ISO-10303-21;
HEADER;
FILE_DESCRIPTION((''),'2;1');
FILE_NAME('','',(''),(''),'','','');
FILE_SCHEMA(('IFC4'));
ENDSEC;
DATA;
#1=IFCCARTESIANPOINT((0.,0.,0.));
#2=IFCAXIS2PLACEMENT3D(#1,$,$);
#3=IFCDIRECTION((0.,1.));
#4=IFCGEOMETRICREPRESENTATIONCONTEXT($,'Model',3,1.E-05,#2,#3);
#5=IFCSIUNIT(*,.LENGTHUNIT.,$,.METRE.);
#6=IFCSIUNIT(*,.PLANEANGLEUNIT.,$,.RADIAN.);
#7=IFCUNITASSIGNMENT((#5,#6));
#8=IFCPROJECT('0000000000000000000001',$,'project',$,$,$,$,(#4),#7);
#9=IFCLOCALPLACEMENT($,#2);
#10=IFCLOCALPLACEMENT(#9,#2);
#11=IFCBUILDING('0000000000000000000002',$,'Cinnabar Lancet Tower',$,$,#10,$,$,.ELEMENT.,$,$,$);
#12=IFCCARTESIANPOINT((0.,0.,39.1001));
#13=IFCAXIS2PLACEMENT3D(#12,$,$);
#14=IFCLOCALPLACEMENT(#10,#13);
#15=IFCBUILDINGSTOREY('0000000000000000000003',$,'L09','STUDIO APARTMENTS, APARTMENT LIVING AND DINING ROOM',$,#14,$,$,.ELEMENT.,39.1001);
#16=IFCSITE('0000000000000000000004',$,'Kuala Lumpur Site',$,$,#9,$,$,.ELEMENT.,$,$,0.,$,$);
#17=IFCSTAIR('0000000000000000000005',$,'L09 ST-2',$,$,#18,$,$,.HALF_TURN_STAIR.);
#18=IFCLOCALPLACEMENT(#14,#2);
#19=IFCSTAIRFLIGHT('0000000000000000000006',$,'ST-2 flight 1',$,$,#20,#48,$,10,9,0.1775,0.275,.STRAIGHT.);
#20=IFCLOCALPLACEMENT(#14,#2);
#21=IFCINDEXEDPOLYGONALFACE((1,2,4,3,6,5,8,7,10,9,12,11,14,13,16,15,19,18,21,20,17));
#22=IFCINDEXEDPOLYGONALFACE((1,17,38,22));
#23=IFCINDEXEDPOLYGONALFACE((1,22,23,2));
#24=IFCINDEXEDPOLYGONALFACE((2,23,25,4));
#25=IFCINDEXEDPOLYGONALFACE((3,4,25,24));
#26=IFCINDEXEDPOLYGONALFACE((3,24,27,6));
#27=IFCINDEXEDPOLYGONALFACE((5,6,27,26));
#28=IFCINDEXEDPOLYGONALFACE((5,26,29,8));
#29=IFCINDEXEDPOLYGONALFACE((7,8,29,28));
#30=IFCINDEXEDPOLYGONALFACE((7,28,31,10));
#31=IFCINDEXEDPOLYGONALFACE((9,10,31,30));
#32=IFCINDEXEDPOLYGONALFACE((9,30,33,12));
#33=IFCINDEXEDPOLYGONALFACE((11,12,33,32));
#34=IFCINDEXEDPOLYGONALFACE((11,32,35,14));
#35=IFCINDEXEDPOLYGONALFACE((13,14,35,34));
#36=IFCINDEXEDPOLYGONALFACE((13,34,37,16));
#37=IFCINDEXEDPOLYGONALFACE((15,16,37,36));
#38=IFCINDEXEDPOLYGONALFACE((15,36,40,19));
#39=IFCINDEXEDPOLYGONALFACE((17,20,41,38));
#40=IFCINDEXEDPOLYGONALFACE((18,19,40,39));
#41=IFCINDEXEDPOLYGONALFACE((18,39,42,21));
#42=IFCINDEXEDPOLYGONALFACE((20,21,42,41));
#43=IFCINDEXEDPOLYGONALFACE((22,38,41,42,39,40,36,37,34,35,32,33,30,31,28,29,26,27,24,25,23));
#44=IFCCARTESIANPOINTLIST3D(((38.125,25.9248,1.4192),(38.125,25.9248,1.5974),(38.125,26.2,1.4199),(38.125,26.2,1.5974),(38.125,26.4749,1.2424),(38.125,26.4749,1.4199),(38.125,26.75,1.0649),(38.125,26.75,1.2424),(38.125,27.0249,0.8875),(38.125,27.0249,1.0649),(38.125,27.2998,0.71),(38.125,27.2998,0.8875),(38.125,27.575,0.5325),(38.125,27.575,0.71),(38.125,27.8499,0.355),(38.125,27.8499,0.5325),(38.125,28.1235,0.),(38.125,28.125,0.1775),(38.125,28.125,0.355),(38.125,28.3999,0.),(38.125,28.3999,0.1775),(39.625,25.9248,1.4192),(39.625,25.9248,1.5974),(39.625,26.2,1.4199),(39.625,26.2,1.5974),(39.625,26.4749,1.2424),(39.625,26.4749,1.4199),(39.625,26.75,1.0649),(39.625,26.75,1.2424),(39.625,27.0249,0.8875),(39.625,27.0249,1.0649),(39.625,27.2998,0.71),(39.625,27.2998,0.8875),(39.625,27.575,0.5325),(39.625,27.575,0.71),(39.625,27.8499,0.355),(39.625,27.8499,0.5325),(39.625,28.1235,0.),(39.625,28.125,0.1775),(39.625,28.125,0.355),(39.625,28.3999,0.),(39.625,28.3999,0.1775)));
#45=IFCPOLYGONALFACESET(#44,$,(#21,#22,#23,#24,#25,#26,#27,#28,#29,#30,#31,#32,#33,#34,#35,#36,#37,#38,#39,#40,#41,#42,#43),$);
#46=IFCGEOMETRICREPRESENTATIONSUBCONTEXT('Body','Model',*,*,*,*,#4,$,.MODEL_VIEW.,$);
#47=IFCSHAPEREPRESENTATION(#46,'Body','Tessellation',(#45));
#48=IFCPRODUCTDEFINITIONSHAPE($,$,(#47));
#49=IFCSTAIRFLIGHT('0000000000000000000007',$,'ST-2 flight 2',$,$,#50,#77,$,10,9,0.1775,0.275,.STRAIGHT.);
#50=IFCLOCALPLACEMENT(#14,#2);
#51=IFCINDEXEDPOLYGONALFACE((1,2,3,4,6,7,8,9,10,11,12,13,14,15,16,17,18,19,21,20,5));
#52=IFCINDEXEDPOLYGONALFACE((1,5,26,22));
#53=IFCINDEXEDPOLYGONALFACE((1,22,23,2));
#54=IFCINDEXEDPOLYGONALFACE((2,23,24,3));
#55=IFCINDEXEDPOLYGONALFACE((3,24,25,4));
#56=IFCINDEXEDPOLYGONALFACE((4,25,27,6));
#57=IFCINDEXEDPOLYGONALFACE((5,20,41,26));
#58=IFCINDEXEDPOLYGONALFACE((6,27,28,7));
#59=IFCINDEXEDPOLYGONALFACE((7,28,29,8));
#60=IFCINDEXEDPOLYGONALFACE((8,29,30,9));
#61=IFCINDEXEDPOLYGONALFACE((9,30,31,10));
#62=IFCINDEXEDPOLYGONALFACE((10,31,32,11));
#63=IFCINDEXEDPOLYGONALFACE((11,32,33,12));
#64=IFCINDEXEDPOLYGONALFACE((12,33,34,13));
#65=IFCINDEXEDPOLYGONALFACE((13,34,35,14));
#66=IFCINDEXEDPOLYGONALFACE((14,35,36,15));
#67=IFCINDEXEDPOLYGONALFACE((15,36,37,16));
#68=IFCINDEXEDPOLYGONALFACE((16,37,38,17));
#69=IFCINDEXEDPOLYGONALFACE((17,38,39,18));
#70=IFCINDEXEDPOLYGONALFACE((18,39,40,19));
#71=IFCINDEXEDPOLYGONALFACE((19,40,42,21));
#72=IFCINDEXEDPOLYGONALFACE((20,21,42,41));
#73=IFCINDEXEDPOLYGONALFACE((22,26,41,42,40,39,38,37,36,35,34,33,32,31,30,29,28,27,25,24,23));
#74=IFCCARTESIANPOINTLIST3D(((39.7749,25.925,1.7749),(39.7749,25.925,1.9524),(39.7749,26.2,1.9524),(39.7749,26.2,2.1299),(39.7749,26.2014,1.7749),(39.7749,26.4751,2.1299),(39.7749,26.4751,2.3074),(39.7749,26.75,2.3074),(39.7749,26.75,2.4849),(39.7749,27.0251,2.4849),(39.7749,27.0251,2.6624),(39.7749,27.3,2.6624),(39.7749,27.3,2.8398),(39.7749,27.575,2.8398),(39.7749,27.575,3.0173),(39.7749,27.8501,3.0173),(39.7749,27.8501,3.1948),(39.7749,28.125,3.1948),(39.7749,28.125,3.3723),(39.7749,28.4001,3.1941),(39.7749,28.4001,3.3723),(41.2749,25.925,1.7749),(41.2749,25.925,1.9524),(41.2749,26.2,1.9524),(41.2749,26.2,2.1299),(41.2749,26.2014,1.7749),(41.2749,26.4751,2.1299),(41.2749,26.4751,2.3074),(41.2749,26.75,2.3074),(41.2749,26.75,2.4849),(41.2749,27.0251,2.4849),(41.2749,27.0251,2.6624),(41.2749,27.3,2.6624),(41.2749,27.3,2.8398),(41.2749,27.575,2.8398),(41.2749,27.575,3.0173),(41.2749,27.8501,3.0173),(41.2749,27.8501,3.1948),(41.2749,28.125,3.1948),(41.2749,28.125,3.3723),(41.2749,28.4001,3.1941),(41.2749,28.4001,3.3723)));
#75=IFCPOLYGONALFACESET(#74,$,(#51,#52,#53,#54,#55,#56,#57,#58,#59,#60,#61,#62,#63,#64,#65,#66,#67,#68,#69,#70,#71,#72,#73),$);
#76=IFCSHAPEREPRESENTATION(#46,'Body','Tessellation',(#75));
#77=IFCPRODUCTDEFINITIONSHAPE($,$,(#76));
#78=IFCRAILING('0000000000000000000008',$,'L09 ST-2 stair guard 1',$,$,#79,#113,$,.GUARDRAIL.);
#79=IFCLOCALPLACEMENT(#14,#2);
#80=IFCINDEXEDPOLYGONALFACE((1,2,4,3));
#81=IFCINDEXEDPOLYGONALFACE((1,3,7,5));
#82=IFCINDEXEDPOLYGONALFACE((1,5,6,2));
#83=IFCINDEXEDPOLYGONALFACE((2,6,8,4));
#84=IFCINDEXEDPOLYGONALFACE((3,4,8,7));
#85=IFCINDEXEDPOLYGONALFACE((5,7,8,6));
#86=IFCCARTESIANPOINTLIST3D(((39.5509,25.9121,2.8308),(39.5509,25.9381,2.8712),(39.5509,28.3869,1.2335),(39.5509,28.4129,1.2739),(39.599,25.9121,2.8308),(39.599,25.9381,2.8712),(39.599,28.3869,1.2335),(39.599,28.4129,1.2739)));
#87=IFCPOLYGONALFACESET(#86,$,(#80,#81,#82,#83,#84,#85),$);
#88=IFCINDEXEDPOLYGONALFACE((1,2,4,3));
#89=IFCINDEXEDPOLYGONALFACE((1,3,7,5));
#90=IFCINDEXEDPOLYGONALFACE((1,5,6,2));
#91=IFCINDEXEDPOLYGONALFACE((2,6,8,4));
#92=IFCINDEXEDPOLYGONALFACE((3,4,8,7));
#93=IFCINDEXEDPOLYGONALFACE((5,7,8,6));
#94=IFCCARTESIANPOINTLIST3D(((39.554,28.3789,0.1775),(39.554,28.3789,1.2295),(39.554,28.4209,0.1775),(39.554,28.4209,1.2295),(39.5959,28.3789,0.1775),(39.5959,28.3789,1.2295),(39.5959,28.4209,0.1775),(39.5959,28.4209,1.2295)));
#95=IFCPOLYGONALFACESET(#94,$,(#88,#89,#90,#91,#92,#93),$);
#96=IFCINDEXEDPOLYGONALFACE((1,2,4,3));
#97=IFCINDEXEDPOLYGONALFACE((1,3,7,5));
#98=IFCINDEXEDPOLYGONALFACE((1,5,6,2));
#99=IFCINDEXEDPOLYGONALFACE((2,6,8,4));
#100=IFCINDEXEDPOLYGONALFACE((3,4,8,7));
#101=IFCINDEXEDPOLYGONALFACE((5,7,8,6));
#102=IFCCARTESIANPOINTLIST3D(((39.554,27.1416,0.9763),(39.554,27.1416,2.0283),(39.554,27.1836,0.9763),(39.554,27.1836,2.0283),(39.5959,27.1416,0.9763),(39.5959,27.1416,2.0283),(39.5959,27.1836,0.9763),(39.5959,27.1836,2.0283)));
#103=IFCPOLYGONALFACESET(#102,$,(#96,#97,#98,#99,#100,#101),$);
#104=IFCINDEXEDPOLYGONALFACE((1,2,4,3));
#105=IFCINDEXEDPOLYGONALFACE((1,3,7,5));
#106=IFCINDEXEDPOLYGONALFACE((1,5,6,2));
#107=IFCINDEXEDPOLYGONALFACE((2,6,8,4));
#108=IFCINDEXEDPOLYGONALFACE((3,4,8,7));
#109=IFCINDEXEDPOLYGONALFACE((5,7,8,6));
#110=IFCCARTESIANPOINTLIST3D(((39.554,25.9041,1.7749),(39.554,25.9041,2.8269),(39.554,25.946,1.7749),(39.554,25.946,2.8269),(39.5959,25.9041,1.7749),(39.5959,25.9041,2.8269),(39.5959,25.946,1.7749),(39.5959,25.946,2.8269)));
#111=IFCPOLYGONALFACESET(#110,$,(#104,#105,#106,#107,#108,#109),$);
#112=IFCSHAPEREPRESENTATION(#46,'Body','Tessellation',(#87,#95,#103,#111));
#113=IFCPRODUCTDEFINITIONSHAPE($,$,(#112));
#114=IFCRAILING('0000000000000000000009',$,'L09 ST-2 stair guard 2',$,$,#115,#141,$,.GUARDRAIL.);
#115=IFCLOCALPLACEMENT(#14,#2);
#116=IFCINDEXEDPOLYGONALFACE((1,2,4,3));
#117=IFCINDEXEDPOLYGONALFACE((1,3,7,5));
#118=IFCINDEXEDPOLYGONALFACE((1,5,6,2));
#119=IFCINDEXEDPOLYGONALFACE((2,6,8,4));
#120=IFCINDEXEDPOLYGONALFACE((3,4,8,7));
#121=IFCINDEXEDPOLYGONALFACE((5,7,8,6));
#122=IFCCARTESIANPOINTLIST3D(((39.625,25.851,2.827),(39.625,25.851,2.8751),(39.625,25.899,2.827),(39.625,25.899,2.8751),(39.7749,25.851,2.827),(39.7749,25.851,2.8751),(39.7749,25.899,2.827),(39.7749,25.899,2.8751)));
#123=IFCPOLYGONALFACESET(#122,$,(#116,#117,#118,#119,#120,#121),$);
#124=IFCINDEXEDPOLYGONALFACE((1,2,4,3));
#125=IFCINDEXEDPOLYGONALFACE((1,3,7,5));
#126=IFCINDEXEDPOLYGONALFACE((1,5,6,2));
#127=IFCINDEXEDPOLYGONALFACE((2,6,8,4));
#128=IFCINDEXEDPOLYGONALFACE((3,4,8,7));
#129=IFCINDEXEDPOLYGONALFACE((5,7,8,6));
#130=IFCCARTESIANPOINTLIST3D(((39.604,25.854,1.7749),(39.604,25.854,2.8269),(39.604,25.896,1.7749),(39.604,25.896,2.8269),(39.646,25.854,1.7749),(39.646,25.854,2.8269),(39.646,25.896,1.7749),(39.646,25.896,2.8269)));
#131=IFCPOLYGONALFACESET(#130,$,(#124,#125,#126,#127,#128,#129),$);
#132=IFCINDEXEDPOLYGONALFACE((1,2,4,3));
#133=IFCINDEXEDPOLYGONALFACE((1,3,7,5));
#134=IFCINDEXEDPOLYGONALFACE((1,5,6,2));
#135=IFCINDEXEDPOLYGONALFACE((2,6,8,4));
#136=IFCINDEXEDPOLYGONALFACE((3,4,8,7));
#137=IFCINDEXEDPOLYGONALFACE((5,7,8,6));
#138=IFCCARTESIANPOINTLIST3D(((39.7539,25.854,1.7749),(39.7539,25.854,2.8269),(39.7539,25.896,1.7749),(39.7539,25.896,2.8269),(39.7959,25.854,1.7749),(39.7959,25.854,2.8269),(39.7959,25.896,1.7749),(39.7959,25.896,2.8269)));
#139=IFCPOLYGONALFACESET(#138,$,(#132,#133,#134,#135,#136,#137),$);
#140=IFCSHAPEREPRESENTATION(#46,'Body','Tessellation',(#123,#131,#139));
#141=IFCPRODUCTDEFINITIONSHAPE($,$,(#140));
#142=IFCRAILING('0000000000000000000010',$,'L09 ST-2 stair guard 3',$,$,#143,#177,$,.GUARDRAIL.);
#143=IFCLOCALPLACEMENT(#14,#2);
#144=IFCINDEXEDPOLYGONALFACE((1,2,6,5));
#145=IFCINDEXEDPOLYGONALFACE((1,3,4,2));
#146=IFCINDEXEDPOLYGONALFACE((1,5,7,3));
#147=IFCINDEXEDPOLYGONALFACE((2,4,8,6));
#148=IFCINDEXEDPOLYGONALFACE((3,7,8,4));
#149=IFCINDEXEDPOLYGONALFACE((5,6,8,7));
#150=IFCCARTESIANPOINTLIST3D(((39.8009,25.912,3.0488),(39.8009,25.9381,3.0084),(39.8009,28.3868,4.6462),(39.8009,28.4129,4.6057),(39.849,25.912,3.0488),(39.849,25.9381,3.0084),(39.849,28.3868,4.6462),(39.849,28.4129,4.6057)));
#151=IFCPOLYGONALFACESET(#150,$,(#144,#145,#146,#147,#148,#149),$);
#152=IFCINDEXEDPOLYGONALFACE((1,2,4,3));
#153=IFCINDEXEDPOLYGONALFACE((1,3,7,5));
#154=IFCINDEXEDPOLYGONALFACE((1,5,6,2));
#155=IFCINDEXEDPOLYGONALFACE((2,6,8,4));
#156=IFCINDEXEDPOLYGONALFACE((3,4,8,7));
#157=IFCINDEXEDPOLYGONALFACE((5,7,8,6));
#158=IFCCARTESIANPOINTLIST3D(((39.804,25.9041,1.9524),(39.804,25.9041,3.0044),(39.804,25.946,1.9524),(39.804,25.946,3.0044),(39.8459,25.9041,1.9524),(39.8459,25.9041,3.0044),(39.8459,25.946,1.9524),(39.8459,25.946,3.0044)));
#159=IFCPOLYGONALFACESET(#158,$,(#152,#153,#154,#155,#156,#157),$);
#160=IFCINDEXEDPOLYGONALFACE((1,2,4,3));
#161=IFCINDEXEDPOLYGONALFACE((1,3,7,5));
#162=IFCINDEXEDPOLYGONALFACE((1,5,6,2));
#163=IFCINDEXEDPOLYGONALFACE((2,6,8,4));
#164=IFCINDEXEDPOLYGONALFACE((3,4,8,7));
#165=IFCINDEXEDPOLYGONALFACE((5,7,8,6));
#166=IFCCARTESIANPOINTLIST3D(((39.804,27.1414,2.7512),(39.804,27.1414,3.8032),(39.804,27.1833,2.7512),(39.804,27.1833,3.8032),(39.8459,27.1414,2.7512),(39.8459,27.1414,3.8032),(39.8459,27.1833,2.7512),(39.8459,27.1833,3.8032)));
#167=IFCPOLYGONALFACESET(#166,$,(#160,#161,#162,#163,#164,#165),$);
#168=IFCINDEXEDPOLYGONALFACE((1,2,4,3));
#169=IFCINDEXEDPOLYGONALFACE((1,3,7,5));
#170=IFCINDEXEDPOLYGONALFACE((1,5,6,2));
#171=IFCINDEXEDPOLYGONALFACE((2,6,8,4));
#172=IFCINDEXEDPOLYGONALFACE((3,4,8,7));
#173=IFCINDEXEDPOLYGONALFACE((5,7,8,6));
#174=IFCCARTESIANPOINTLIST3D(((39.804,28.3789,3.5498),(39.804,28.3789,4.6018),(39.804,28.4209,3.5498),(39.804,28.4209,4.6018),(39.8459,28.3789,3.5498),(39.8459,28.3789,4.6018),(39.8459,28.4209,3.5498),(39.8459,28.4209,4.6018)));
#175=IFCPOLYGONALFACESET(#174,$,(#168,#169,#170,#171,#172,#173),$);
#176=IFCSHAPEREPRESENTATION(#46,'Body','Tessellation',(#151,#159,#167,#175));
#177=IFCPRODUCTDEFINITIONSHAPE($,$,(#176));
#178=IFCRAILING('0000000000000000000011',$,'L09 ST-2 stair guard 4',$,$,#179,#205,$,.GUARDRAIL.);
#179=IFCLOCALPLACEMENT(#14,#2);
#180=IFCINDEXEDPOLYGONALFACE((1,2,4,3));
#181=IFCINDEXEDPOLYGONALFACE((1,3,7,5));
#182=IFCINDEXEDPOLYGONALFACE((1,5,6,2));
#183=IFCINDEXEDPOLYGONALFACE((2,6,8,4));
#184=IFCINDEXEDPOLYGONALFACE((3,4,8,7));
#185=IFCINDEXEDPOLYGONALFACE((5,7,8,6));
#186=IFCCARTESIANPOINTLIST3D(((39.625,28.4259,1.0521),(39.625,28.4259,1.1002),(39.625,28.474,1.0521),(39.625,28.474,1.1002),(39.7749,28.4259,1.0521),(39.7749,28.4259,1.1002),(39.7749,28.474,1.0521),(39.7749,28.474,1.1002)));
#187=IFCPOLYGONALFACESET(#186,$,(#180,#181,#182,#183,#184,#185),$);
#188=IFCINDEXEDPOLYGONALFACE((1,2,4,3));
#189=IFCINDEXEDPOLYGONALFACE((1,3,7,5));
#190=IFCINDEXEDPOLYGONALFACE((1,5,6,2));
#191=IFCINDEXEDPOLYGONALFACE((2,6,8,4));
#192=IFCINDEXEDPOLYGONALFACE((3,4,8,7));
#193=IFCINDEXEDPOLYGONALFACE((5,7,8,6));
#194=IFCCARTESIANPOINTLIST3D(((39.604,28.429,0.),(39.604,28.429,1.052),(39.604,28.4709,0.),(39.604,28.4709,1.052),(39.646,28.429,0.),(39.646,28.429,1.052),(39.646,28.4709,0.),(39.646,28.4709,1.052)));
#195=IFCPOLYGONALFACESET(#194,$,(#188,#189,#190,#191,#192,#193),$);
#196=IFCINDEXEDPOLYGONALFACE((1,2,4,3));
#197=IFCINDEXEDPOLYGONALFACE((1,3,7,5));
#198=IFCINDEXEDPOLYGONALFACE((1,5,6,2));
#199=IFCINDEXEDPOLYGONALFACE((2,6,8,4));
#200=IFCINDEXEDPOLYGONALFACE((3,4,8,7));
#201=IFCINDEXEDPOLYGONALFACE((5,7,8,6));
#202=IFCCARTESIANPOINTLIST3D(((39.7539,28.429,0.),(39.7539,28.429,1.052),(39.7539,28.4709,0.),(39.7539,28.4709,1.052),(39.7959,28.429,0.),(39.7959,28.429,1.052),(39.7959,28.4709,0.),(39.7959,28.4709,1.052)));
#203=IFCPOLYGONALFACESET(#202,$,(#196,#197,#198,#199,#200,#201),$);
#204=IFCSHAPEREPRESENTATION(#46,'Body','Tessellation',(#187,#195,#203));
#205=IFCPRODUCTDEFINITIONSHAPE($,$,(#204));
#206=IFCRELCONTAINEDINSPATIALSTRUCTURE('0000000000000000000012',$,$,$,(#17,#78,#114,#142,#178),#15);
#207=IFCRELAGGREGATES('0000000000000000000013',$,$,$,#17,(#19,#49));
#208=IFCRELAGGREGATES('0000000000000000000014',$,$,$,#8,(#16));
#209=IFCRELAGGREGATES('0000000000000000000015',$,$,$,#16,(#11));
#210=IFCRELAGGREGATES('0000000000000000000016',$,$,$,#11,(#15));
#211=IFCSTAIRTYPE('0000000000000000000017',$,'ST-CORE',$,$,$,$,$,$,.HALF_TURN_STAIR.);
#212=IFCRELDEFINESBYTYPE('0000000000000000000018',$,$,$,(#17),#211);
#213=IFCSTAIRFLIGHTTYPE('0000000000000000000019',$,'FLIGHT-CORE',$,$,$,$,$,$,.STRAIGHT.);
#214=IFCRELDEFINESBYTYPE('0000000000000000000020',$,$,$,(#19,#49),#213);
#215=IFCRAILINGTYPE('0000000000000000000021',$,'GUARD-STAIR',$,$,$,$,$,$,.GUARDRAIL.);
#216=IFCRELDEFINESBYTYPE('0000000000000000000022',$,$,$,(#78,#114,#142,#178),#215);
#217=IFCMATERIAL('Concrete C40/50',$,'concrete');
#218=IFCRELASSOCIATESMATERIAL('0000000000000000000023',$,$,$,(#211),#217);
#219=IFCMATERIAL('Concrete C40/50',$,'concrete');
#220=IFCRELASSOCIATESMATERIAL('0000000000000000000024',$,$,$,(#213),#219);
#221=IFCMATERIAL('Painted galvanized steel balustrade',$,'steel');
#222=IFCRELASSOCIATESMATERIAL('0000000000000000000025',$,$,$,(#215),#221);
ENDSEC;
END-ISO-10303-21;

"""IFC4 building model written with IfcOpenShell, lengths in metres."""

from ifc_helpers import new_model, si_unit, direction, frame, origin, origin_2d, place, context, subcontext, project, spatial, polyline, rectangle, outline, extrude, material, type_object, element, aggregate, save


model = new_model("IFC4")

# Units and contexts
model_context = context("Model", 3, precision=1e-05, world=origin(), true_north=direction((0.0, 1.0)))
body_context = subcontext(model_context, "Body", "Model", "MODEL_VIEW")
ifc_project = project(units=[si_unit("LENGTHUNIT", "METRE"), si_unit("PLANEANGLEUNIT", "RADIAN")], contexts=[model_context])

# Site, building, storey
site_placement = place(None, origin())
site = spatial("IfcSite", under=ifc_project, at=site_placement, Name="Kuala Lumpur Site", CompositionType="ELEMENT", RefElevation=0.0)
building_placement = place(site_placement, origin())
building = spatial("IfcBuilding", under=site, at=building_placement, Name="Cinnabar Lancet Tower", CompositionType="ELEMENT")
storey_placement = place(building_placement, frame((0.0, 0.0, 39.1001)))
storey = spatial("IfcBuildingStorey", under=building, at=storey_placement, Name="L09", Description="STUDIO APARTMENTS, APARTMENT LIVING AND DINING ROOM", CompositionType="ELEMENT", Elevation=39.1001)

# Stair, stair flights
ifc_material_1 = material(Name="Concrete C40/50", Category="concrete")
stair_type = type_object("IfcStairType", Name="ST-CORE", PredefinedType="HALF_TURN_STAIR", material=ifc_material_1)
stair_placement = place(storey_placement, origin())
stair = element("IfcStair", 1, at=stair_placement, inside=storey, type_object=stair_type, Name="L09 ST-2", PredefinedType="HALF_TURN_STAIR")
ifc_material_2 = material(Name="Concrete C40/50", Category="concrete")
stair_flight_type = type_object("IfcStairFlightType", Name="FLIGHT-CORE", PredefinedType="STRAIGHT", material=ifc_material_2)
stair_flight_1_placement = place(storey_placement, frame((38.875, 28.3999, 0.0), z_axis=(0.0, 0.0, 1.0), x_axis=(0.0, -1.0, 0.0)))
stair_flight_1 = element("IfcStairFlight", 2, at=stair_flight_1_placement, type_object=stair_flight_type, Name="ST-2 flight 1", NumberOfRisers=10, NumberOfTreads=9, PredefinedType="STRAIGHT", RiserHeight=0.1775, TreadLength=0.275, context=body_context, shape_type="SweptSolid", body=[
    extrude(outline(polyline([(0.0, 0.0), (0.0, 0.1775), (0.2749, 0.1775), (0.2749, 0.355), (0.55, 0.355), (0.55, 0.5325), (0.825, 0.5325), (0.825, 0.71), (1.1001, 0.71), (1.1001, 0.8875), (1.375, 0.8875), (1.375, 1.0649), (1.6499, 1.0649), (1.6499, 1.2424), (1.925, 1.2424), (1.925, 1.4199), (2.2, 1.4199), (2.2, 1.5974), (2.4751, 1.5974), (2.4751, 1.7749), (2.4751, 1.4192), (0.2764, 0.0), (0.0, 0.0)])), frame((0.0, 0.75, 0.0), z_axis=(0.0, -1.0, 0.0), x_axis=(1.0, 0.0, 0.0)), (0.0, 0.0, 1.0), 1.5),
])
stair_flight_2_placement = place(storey_placement, frame((40.5249, 25.925, 1.7749), z_axis=(0.0, 0.0, 1.0), x_axis=(0.0, 1.0, 0.0)))
stair_flight_2 = element("IfcStairFlight", 3, at=stair_flight_2_placement, type_object=stair_flight_type, Name="ST-2 flight 2", NumberOfRisers=10, NumberOfTreads=9, PredefinedType="STRAIGHT", RiserHeight=0.1775, TreadLength=0.275, context=body_context, shape_type="SweptSolid", body=[
    extrude(outline(polyline([(0.0, 0.0), (0.0, 0.1775), (0.2749, 0.1775), (0.2749, 0.355), (0.55, 0.355), (0.55, 0.5325), (0.825, 0.5325), (0.825, 0.71), (1.1001, 0.71), (1.1001, 0.8875), (1.375, 0.8875), (1.375, 1.0649), (1.6499, 1.0649), (1.6499, 1.2424), (1.925, 1.2424), (1.925, 1.4199), (2.2, 1.4199), (2.2, 1.5974), (2.4751, 1.5974), (2.4751, 1.7749), (2.4751, 1.4192), (0.2764, 0.0), (0.0, 0.0)])), frame((0.0, 0.75, 0.0), z_axis=(0.0, -1.0, 0.0), x_axis=(1.0, 0.0, 0.0)), (0.0, 0.0, 1.0), 1.5),
])
aggregate(stair, [stair_flight_1, stair_flight_2])

# Railings
ifc_material_3 = material(Name="Painted galvanized steel balustrade", Category="steel")
railing_type_1 = type_object("IfcRailingType", Name="GUARD-STAIR", PredefinedType="GUARDRAIL", material=ifc_material_3)
railing_1_placement = place(storey_placement, frame((39.575, 28.3999, 0.1775)))
element("IfcRailing", 4, at=railing_1_placement, inside=storey, type_object=railing_type_1, Name="L09 ST-2 stair guard 1", PredefinedType="GUARDRAIL", context=body_context, shape_type="SweptSolid", body=[
    extrude(rectangle(XDim=0.0481, YDim=0.0481, at=origin_2d()), frame((0.0, 0.0, 1.0762), z_axis=(0.0, -0.840183, 0.542302), x_axis=(1.0, 0.0, 0.0)), (0.0, 0.0, 1.0), 2.9456),
    extrude(rectangle(XDim=0.042, YDim=0.042, at=origin_2d()), origin(), (0.0, 0.0, 1.0), 1.052),
    extrude(rectangle(XDim=0.042, YDim=0.042, at=origin_2d()), frame((0.0, -1.2373, 0.7988)), (0.0, 0.0, 1.0), 1.052),
    extrude(rectangle(XDim=0.042, YDim=0.042, at=origin_2d()), frame((0.0, -2.4749, 1.5974)), (0.0, 0.0, 1.0), 1.052),
])
railing_2_placement = place(storey_placement, frame((39.625, 25.875, 1.7749)))
element("IfcRailing", 5, at=railing_2_placement, inside=storey, type_object=railing_type_1, Name="L09 ST-2 stair guard 2", PredefinedType="GUARDRAIL", context=body_context, shape_type="SweptSolid", body=[
    extrude(rectangle(XDim=0.0481, YDim=0.0481, at=origin_2d()), frame((0.0, 0.0, 1.0762), z_axis=(1.0, 0.0, 0.0), x_axis=(0.0, 1.0, 0.0)), (0.0, 0.0, 1.0), 0.1499),
    extrude(rectangle(XDim=0.042, YDim=0.042, at=origin_2d()), origin(), (0.0, 0.0, 1.0), 1.052),
    extrude(rectangle(XDim=0.042, YDim=0.042, at=origin_2d()), frame((0.1499, 0.0, 0.0)), (0.0, 0.0, 1.0), 1.052),
])
railing_3_placement = place(storey_placement, frame((39.825, 25.925, 1.9524)))
element("IfcRailing", 6, at=railing_3_placement, inside=storey, type_object=railing_type_1, Name="L09 ST-2 stair guard 3", PredefinedType="GUARDRAIL", context=body_context, shape_type="SweptSolid", body=[
    extrude(rectangle(XDim=0.0481, YDim=0.0481, at=origin_2d()), frame((0.0, 0.0, 1.0762), z_axis=(0.0, 0.840183, 0.542302), x_axis=(-1.0, 0.0, 0.0)), (0.0, 0.0, 1.0), 2.9456),
    extrude(rectangle(XDim=0.042, YDim=0.042, at=origin_2d()), origin(), (0.0, 0.0, 1.0), 1.052),
    extrude(rectangle(XDim=0.042, YDim=0.042, at=origin_2d()), frame((0.0, 1.2373, 0.7988)), (0.0, 0.0, 1.0), 1.052),
    extrude(rectangle(XDim=0.042, YDim=0.042, at=origin_2d()), frame((0.0, 2.4749, 1.5974)), (0.0, 0.0, 1.0), 1.052),
])
railing_4_placement = place(storey_placement, frame((39.625, 28.45, 0.0)))
element("IfcRailing", 7, at=railing_4_placement, inside=storey, type_object=railing_type_1, Name="L09 ST-2 stair guard 4", PredefinedType="GUARDRAIL", context=body_context, shape_type="SweptSolid", body=[
    extrude(rectangle(XDim=0.0481, YDim=0.0481, at=origin_2d()), frame((0.0, 0.0, 1.0762), z_axis=(1.0, 0.0, 0.0), x_axis=(0.0, 1.0, 0.0)), (0.0, 0.0, 1.0), 0.1499),
    extrude(rectangle(XDim=0.042, YDim=0.042, at=origin_2d()), origin(), (0.0, 0.0, 1.0), 1.052),
    extrude(rectangle(XDim=0.042, YDim=0.042, at=origin_2d()), frame((0.1499, 0.0, 0.0)), (0.0, 0.0, 1.0), 1.052),
])

save(model, "model.ifc")
